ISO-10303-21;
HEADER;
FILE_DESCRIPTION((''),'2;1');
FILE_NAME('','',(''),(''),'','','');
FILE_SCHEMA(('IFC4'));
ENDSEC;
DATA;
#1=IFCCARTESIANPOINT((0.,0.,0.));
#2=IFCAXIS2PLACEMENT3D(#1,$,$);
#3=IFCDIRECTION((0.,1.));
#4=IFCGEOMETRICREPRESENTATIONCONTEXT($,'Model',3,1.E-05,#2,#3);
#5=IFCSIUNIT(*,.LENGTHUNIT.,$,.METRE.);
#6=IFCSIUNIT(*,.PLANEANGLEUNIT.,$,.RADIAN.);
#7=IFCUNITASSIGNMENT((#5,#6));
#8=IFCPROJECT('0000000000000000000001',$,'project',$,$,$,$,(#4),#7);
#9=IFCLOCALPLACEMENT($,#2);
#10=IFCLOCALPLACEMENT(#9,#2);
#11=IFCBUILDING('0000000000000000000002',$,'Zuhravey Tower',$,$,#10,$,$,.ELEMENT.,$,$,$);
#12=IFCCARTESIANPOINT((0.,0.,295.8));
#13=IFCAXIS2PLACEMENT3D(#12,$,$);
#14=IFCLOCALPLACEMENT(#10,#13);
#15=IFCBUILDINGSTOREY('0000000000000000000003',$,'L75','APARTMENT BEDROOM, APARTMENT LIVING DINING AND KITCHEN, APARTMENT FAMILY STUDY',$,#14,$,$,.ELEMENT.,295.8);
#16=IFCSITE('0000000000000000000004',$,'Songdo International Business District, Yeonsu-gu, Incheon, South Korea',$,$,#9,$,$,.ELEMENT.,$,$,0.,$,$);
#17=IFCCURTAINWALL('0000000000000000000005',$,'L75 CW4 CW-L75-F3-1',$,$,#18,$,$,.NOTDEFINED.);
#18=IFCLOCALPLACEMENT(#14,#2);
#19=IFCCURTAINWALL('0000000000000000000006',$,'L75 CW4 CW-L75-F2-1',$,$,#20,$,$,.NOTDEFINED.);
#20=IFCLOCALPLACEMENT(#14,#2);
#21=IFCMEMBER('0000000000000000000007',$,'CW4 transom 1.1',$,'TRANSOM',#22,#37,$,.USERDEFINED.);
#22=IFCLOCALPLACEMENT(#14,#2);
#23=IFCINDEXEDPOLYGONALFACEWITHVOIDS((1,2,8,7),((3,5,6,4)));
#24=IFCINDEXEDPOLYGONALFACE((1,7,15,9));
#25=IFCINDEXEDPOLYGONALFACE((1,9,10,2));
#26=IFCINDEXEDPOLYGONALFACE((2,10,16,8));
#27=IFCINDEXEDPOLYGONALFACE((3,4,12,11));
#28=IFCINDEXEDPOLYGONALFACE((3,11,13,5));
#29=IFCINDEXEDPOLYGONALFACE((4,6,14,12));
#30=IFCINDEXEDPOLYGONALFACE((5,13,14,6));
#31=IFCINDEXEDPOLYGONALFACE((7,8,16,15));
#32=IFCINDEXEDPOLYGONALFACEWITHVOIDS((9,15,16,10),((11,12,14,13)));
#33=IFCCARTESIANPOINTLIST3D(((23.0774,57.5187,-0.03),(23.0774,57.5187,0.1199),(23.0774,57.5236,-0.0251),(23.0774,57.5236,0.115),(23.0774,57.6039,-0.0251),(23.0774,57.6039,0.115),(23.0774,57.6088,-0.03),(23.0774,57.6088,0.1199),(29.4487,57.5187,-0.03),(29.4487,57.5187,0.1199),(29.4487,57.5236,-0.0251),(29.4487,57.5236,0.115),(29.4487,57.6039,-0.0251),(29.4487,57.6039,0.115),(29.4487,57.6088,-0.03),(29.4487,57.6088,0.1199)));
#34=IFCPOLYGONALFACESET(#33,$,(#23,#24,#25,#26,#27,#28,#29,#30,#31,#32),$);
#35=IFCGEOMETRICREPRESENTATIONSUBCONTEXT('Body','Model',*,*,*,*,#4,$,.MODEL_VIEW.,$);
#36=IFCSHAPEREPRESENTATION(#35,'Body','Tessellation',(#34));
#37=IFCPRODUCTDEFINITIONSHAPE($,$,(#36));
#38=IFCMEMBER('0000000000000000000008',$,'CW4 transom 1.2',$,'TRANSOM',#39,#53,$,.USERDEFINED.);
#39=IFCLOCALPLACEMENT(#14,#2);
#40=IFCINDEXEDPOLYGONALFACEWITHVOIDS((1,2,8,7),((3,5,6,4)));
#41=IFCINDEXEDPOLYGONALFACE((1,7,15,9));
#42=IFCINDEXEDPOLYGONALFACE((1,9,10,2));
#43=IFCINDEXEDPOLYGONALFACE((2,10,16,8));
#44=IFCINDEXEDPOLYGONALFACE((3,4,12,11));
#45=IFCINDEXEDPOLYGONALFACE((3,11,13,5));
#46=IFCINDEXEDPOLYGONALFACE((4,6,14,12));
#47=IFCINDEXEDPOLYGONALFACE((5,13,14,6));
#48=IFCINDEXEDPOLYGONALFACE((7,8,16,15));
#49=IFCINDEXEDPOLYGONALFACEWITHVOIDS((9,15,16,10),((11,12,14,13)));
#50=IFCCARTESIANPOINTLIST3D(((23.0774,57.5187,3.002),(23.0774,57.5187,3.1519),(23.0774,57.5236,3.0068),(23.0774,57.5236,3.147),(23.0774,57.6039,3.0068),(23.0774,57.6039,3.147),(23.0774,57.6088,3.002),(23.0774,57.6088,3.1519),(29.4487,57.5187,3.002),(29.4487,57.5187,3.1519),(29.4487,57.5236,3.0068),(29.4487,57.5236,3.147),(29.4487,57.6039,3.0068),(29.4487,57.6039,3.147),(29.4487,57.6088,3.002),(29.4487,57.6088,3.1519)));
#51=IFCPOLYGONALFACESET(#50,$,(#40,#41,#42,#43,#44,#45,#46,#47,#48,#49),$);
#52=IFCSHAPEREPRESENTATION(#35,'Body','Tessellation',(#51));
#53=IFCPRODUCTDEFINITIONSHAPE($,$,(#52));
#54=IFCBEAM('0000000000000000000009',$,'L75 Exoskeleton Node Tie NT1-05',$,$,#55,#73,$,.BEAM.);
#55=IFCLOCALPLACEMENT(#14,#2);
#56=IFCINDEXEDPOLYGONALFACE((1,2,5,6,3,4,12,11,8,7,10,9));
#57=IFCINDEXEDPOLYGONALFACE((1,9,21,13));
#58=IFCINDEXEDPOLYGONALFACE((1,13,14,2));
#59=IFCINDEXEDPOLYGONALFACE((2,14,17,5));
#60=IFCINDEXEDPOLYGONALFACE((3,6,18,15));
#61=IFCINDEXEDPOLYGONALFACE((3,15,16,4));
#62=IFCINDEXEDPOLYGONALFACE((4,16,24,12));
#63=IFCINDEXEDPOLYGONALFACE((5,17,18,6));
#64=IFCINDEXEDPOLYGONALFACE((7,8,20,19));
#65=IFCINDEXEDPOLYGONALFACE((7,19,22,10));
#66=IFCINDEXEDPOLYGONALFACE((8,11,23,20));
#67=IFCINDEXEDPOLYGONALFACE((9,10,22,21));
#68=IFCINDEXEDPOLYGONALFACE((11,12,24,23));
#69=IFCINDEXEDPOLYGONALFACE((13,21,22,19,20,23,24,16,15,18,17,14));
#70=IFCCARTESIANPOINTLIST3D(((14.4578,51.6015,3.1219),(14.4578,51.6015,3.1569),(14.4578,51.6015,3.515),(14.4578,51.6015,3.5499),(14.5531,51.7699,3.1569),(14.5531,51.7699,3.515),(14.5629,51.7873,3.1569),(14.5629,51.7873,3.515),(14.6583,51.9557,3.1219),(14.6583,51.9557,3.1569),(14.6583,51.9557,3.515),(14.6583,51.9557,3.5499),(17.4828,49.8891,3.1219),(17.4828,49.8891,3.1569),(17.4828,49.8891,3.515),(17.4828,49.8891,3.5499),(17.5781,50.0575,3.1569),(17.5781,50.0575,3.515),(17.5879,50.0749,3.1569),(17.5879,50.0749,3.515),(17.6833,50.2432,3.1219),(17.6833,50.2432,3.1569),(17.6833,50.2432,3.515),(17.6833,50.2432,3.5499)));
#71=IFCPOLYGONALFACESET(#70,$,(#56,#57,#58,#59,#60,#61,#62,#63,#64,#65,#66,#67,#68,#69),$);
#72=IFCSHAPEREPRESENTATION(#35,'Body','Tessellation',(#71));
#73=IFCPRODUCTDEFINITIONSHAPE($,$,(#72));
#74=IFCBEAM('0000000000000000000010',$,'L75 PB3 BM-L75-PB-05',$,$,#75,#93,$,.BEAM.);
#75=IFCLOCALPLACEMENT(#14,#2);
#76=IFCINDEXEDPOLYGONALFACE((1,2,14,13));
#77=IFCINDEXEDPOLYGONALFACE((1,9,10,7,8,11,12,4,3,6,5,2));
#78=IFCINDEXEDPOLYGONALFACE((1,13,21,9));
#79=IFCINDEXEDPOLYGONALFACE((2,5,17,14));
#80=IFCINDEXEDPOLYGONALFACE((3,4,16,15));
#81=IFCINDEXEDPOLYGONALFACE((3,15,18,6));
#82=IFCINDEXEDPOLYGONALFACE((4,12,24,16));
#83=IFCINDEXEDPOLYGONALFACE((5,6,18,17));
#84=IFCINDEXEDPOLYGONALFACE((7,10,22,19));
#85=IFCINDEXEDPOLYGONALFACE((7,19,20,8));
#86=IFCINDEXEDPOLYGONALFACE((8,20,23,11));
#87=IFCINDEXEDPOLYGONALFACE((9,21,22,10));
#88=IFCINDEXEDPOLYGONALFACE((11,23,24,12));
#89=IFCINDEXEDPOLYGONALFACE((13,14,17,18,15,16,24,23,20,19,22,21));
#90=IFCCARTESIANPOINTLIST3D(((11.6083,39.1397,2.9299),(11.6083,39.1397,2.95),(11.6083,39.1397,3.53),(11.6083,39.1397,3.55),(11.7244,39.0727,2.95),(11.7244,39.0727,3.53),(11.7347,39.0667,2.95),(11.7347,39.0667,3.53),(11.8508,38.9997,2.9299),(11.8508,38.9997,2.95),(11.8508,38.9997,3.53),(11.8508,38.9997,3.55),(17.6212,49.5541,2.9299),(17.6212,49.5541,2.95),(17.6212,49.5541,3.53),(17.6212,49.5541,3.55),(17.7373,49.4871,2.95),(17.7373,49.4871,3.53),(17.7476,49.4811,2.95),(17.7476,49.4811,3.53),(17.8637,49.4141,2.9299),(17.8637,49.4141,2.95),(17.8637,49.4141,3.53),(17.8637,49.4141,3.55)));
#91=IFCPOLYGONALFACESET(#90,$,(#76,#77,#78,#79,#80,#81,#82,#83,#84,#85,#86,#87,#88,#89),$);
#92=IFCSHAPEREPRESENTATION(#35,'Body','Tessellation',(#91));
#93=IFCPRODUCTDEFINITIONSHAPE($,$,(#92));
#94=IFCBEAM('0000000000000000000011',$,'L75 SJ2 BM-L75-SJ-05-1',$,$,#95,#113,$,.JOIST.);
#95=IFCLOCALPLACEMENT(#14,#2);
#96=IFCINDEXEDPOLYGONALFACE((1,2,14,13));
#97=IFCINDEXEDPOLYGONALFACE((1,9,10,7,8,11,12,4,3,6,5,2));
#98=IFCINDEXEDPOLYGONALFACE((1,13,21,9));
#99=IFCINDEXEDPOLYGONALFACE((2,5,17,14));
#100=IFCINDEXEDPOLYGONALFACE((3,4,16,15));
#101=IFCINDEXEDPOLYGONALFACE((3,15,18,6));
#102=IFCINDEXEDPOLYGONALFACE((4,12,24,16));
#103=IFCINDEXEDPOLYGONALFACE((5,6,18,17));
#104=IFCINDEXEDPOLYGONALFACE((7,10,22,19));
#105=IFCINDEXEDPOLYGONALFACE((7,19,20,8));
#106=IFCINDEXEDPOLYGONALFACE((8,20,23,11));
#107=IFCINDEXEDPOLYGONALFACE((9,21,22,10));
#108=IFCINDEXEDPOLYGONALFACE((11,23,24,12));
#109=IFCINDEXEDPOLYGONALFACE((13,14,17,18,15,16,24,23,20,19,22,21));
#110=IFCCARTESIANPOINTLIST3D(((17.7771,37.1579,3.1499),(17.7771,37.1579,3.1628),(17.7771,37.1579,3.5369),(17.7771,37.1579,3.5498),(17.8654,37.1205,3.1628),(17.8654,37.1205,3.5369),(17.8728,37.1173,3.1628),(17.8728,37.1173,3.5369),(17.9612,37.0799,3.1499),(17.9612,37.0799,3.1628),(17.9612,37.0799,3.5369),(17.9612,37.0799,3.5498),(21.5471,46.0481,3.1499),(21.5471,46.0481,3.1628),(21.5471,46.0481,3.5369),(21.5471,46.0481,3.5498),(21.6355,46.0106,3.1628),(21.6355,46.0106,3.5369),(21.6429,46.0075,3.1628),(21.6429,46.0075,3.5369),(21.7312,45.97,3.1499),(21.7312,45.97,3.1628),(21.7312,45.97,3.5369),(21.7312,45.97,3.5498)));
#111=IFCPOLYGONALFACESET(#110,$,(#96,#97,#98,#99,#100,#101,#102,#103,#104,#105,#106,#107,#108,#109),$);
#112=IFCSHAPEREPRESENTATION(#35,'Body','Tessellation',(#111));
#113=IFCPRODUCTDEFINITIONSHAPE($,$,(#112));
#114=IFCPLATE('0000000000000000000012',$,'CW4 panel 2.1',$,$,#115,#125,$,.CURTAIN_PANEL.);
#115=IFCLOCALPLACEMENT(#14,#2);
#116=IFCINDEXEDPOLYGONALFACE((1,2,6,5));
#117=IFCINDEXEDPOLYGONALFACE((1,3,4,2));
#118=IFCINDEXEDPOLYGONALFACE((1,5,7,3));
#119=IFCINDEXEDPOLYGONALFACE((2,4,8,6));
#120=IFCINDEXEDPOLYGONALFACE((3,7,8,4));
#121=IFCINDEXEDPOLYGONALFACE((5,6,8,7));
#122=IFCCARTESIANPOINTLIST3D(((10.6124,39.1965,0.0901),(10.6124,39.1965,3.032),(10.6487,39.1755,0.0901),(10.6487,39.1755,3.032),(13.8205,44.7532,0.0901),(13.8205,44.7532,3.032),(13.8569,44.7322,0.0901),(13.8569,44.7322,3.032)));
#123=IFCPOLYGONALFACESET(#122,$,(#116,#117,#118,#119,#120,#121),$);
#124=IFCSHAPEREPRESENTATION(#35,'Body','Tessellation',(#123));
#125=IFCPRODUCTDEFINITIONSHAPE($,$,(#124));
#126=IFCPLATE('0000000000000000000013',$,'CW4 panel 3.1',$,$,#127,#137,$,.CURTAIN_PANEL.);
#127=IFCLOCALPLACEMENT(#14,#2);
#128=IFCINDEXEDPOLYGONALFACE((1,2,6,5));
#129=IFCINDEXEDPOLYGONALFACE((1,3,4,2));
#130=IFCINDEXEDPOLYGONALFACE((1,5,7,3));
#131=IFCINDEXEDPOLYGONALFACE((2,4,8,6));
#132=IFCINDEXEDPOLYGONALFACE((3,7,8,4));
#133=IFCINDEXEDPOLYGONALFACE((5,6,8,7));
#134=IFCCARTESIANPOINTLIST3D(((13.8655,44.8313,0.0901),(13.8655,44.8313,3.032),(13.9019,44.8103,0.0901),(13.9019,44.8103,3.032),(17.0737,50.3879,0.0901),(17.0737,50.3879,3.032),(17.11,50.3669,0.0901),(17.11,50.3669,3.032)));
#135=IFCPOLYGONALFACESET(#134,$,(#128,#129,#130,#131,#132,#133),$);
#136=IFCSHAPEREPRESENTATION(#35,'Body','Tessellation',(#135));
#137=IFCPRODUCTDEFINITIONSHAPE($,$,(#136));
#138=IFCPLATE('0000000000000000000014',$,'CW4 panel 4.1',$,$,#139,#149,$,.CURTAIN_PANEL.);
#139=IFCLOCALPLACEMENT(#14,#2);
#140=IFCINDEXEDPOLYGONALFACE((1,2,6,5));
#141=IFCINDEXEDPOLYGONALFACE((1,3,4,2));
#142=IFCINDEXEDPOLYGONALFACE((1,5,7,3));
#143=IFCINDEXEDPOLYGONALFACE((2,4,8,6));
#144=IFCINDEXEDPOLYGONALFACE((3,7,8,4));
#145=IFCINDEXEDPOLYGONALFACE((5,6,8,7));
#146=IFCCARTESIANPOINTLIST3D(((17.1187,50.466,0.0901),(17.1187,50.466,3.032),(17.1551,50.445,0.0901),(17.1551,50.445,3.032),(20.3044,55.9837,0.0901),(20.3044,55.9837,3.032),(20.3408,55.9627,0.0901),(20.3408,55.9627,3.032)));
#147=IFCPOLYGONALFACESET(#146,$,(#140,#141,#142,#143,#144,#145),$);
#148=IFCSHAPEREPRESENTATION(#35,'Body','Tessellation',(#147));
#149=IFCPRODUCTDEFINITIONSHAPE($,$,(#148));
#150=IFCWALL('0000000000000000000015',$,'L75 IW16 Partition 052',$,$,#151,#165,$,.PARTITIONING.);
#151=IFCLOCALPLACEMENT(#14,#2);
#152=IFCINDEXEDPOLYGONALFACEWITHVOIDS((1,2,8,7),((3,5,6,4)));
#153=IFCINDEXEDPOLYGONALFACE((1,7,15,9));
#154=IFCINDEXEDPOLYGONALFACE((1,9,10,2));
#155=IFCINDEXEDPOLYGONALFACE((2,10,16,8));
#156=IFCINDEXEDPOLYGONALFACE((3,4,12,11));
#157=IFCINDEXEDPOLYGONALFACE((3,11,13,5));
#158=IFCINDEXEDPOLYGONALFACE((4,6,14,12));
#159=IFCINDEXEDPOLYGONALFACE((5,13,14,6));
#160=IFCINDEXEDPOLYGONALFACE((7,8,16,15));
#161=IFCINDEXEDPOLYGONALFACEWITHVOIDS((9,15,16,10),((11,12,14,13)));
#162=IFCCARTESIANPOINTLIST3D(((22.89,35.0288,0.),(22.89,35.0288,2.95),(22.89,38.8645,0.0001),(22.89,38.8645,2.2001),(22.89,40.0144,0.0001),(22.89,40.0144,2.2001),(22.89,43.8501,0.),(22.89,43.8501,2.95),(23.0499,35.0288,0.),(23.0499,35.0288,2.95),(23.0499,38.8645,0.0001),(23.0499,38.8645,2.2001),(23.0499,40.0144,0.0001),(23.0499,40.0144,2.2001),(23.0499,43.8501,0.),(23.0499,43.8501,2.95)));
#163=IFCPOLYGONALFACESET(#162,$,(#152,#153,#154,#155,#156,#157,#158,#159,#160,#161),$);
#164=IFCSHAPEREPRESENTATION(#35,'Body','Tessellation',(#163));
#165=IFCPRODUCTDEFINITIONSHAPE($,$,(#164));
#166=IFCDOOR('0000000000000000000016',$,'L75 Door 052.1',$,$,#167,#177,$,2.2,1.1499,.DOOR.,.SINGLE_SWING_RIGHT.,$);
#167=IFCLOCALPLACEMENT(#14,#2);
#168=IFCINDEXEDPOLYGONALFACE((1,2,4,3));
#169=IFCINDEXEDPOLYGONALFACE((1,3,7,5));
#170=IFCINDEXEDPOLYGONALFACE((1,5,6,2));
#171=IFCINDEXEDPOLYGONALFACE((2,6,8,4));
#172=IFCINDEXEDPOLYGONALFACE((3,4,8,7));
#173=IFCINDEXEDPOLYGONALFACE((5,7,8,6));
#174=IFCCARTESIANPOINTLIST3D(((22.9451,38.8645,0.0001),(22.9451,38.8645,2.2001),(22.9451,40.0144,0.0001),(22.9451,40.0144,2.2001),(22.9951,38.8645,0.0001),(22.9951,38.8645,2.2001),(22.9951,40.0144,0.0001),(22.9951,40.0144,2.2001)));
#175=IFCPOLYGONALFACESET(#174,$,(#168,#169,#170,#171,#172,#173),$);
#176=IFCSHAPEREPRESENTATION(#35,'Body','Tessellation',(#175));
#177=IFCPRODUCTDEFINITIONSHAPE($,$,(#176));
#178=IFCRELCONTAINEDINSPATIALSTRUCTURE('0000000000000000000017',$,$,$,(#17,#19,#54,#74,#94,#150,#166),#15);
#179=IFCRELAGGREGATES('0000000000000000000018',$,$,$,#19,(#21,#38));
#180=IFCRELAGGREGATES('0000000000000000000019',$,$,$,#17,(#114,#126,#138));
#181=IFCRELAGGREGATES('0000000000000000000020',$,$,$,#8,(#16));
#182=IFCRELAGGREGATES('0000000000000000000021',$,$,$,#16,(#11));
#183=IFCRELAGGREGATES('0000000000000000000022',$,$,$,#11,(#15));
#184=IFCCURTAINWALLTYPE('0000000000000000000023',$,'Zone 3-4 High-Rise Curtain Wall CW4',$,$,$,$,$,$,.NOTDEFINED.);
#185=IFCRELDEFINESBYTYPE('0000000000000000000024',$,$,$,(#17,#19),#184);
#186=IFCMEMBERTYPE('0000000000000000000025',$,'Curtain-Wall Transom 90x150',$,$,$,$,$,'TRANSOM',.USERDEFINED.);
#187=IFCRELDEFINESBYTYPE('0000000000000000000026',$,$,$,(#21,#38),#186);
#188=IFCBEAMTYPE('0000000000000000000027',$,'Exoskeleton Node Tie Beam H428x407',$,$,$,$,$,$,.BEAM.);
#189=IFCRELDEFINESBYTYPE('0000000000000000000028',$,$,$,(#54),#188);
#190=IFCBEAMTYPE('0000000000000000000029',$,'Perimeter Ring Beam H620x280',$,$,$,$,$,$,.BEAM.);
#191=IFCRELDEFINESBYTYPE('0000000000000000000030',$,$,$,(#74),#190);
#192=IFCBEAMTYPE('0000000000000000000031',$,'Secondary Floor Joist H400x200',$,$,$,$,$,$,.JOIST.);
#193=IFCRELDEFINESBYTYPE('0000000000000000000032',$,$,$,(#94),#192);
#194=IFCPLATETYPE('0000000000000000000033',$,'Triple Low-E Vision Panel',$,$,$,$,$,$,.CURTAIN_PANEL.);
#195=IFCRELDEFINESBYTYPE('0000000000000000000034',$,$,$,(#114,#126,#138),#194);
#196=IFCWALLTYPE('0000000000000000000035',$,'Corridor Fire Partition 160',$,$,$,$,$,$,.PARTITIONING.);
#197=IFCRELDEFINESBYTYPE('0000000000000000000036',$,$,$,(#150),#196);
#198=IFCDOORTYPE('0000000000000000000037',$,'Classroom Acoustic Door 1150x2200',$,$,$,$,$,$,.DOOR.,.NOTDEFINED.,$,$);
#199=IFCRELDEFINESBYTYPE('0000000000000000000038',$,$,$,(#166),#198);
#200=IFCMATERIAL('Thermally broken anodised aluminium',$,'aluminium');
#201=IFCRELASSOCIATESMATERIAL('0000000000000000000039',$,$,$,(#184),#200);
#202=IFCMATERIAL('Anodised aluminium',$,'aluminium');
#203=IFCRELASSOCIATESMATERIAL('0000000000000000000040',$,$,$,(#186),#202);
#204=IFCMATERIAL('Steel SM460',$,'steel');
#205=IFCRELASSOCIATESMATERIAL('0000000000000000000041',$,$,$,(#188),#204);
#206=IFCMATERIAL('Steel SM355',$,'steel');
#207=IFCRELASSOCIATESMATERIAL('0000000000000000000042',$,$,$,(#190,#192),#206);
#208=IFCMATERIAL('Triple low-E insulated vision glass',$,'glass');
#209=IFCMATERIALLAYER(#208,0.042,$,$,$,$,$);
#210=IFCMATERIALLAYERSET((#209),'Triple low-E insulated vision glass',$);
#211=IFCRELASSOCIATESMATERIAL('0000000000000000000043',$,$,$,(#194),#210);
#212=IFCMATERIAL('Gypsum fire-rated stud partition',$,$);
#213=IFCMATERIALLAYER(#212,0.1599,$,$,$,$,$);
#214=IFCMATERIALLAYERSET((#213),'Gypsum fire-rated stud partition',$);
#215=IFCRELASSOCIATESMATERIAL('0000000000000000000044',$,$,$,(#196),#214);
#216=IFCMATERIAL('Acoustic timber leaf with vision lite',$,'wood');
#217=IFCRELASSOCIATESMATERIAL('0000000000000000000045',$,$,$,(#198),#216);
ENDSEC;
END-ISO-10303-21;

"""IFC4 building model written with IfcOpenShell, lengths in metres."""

from ifc_helpers import new_model, si_unit, direction, frame, frame_2d, origin, origin_2d, place, context, subcontext, project, spatial, rectangle, hollow_rectangle, i_section, extrude, material, layer, layer_set, material_profile, profile_set, type_object, element, fill, aggregate, save


model = new_model("IFC4")

# Units and contexts
model_context = context("Model", 3, precision=1e-05, world=origin(), true_north=direction((0.0, 1.0)))
body_context = subcontext(model_context, "Body", "Model", "MODEL_VIEW")
ifc_project = project(units=[si_unit("LENGTHUNIT", "METRE"), si_unit("PLANEANGLEUNIT", "RADIAN")], contexts=[model_context])

# Site, building, storey
site_placement = place(None, origin())
site = spatial("IfcSite", under=ifc_project, at=site_placement, Name="Songdo International Business District, Yeonsu-gu, Incheon, South Korea", CompositionType="ELEMENT", RefElevation=0.0)
building_placement = place(site_placement, origin())
building = spatial("IfcBuilding", under=site, at=building_placement, Name="Zuhravey Tower", CompositionType="ELEMENT")
storey_placement = place(building_placement, frame((0.0, 0.0, 295.8)))
storey = spatial("IfcBuildingStorey", under=building, at=storey_placement, Name="L75", Description="APARTMENT BEDROOM, APARTMENT LIVING DINING AND KITCHEN, APARTMENT FAMILY STUDY", CompositionType="ELEMENT", Elevation=295.8)

# Curtain wall
ifc_material_1 = material(Name="Thermally broken anodised aluminium", Category="aluminium")
curtain_wall_type = type_object("IfcCurtainWallType", Name="Zone 3-4 High-Rise Curtain Wall CW4", PredefinedType="NOTDEFINED", material=ifc_material_1)
curtain_wall_1_placement = place(storey_placement, origin())
curtain_wall_1 = element("IfcCurtainWall", 1, at=curtain_wall_1_placement, inside=storey, type_object=curtain_wall_type, Name="L75 CW4 CW-L75-F3-1", PredefinedType="NOTDEFINED")
ifc_material_2 = material(Name="Anodised aluminium", Category="aluminium")

# Curtain wall
curtain_wall_2_placement = place(storey_placement, origin())
curtain_wall_2 = element("IfcCurtainWall", 2, at=curtain_wall_2_placement, inside=storey, type_object=curtain_wall_type, Name="L75 CW4 CW-L75-F2-1", PredefinedType="NOTDEFINED")

# Members
ifc_material_profile_1 = material_profile(ifc_material_2, hollow_rectangle(XDim=0.0901, YDim=0.1499, WallThickness=0.0049, at=origin_2d()), Name="ALU-RHS-90x150x5")
ifc_profile_set_1 = profile_set([ifc_material_profile_1], Name="Anodised aluminium")
member_type_1 = type_object("IfcMemberType", Name="Curtain-Wall Transom 90x150", ElementType="TRANSOM", PredefinedType="USERDEFINED", material=ifc_profile_set_1)
member_1_placement = place(storey_placement, frame((23.0774, 57.5637, 0.0449), z_axis=(1.0, 0.0, 0.0), x_axis=(0.0, 1.0, 0.0)))
member_1 = element("IfcMember", 3, at=member_1_placement, type_object=member_type_1, Name="CW4 transom 1.1", ObjectType="TRANSOM", PredefinedType="USERDEFINED", context=body_context, shape_type="SweptSolid", body=[
    extrude(hollow_rectangle(XDim=0.0901, YDim=0.1499, WallThickness=0.0049, at=origin_2d()), origin(), (0.0, 0.0, 1.0), 6.3713),
])
member_2_placement = place(storey_placement, frame((23.0774, 57.5637, 3.0769), z_axis=(1.0, 0.0, 0.0), x_axis=(0.0, 1.0, 0.0)))
member_2 = element("IfcMember", 4, at=member_2_placement, type_object=member_type_1, Name="CW4 transom 1.2", ObjectType="TRANSOM", PredefinedType="USERDEFINED", context=body_context, shape_type="SweptSolid", body=[
    extrude(hollow_rectangle(XDim=0.0901, YDim=0.1499, WallThickness=0.0049, at=origin_2d()), origin(), (0.0, 0.0, 1.0), 6.3713),
])
aggregate(curtain_wall_2, [member_1, member_2])

# Beams
ifc_material_3 = material(Name="Steel SM460", Category="steel")
ifc_material_profile_2 = material_profile(ifc_material_3, i_section(OverallWidth=0.407, OverallDepth=0.428, WebThickness=0.02, FlangeThickness=0.0349, at=origin_2d()), Name="H-428x407x20x35")
ifc_profile_set_2 = profile_set([ifc_material_profile_2], Name="Steel SM460")
beam_type_1 = type_object("IfcBeamType", Name="Exoskeleton Node Tie Beam H428x407", PredefinedType="BEAM", material=ifc_profile_set_2)
beam_1_placement = place(storey_placement, frame((17.583, 50.0662, 3.3359), z_axis=(-0.870233, 0.49264, 0.0), x_axis=(-0.49264, -0.870233, 0.0)))
element("IfcBeam", 5, at=beam_1_placement, inside=storey, type_object=beam_type_1, Name="L75 Exoskeleton Node Tie NT1-05", PredefinedType="BEAM", context=body_context, shape_type="SweptSolid", body=[
    extrude(i_section(OverallWidth=0.407, OverallDepth=0.428, WebThickness=0.02, FlangeThickness=0.0349, at=origin_2d()), origin(), (0.0, 0.0, 1.0), 3.4761),
])
ifc_material_4 = material(Name="Steel SM355", Category="steel")
ifc_material_profile_3 = material_profile(ifc_material_4, i_section(OverallWidth=0.28, OverallDepth=0.6201, WebThickness=0.012, FlangeThickness=0.02, at=origin_2d()), Name="H-620x280x12x20")
ifc_profile_set_3 = profile_set([ifc_material_profile_3], Name="Steel SM355")
beam_type_2 = type_object("IfcBeamType", Name="Perimeter Ring Beam H620x280", PredefinedType="BEAM", material=ifc_profile_set_3)
beam_2_placement = place(storey_placement, frame((17.7424, 49.4841, 3.24), z_axis=(-0.500006, -0.866022, 0.0), x_axis=(0.866022, -0.500006, 0.0)))
element("IfcBeam", 6, at=beam_2_placement, inside=storey, type_object=beam_type_2, Name="L75 PB3 BM-L75-PB-05", PredefinedType="BEAM", context=body_context, shape_type="SweptSolid", body=[
    extrude(i_section(OverallWidth=0.28, OverallDepth=0.6201, WebThickness=0.012, FlangeThickness=0.02, at=origin_2d()), origin(), (0.0, 0.0, 1.0), 12.0256),
])
ifc_material_profile_4 = material_profile(ifc_material_4, i_section(OverallWidth=0.2, OverallDepth=0.3999, WebThickness=0.0081, FlangeThickness=0.0129, at=origin_2d()), Name="H-400x200x8x13")
ifc_profile_set_4 = profile_set([ifc_material_profile_4], Name="Steel SM355")
beam_type_3 = type_object("IfcBeamType", Name="Secondary Floor Joist H400x200", PredefinedType="JOIST", material=ifc_profile_set_4)
beam_3_placement = place(storey_placement, frame((21.6392, 46.009, 3.3499), z_axis=(-0.390413, -0.92064, 0.0), x_axis=(0.92064, -0.390413, 0.0)))
element("IfcBeam", 7, at=beam_3_placement, inside=storey, type_object=beam_type_3, Name="L75 SJ2 BM-L75-SJ-05-1", PredefinedType="JOIST", context=body_context, shape_type="SweptSolid", body=[
    extrude(i_section(OverallWidth=0.2, OverallDepth=0.3999, WebThickness=0.0081, FlangeThickness=0.0129, at=origin_2d()), origin(), (0.0, 0.0, 1.0), 9.6565),
])

# Plates
ifc_material_5 = material(Name="Triple low-E insulated vision glass", Category="glass")
ifc_layer_1 = layer(ifc_material_5, 0.042)
ifc_layer_set_1 = layer_set([ifc_layer_1], Name="Triple low-E insulated vision glass")
plate_type = type_object("IfcPlateType", Name="Triple Low-E Vision Panel", PredefinedType="CURTAIN_PANEL", material=ifc_layer_set_1)
plate_1_placement = place(storey_placement, frame((12.2346, 41.9644, 0.0901), z_axis=(0.0, 0.0, 1.0), x_axis=(0.500001, 0.866025, 0.0)))
plate_1 = element("IfcPlate", 8, at=plate_1_placement, type_object=plate_type, Name="CW4 panel 2.1", PredefinedType="CURTAIN_PANEL", context=body_context, shape_type="SweptSolid", body=[
    extrude(rectangle(XDim=6.4163, YDim=0.042, at=origin_2d()), origin(), (0.0, 0.0, 1.0), 2.9419),
])
plate_2_placement = place(storey_placement, frame((15.4878, 47.5991, 0.0901), z_axis=(0.0, 0.0, 1.0), x_axis=(0.500001, 0.866025, 0.0)))
plate_2 = element("IfcPlate", 9, at=plate_2_placement, type_object=plate_type, Name="CW4 panel 3.1", PredefinedType="CURTAIN_PANEL", context=body_context, shape_type="SweptSolid", body=[
    extrude(rectangle(XDim=6.4163, YDim=0.042, at=origin_2d()), origin(), (0.0, 0.0, 1.0), 2.9419),
])
plate_3_placement = place(storey_placement, frame((18.7297, 53.2144, 0.0901), z_axis=(0.0, 0.0, 1.0), x_axis=(0.500001, 0.866025, 0.0)))
plate_3 = element("IfcPlate", 10, at=plate_3_placement, type_object=plate_type, Name="CW4 panel 4.1", PredefinedType="CURTAIN_PANEL", context=body_context, shape_type="SweptSolid", body=[
    extrude(rectangle(XDim=6.3713, YDim=0.042, at=origin_2d()), origin(), (0.0, 0.0, 1.0), 2.9419),
])
aggregate(curtain_wall_1, [plate_1, plate_2, plate_3])

# Wall, opening, door
ifc_material_6 = material(Name="Gypsum fire-rated stud partition")
ifc_layer_2 = layer(ifc_material_6, 0.1599)
ifc_layer_set_2 = layer_set([ifc_layer_2], Name="Gypsum fire-rated stud partition")
wall_type_1 = type_object("IfcWallType", Name="Corridor Fire Partition 160", PredefinedType="PARTITIONING", material=ifc_layer_set_2)
wall_1_placement = place(storey_placement, frame((22.97, 43.8501, 0.0), z_axis=(0.0, 0.0, 1.0), x_axis=(0.0, -1.0, 0.0)))
wall_1 = element("IfcWall", 11, at=wall_1_placement, inside=storey, type_object=wall_type_1, Name="L75 IW16 Partition 052", PredefinedType="PARTITIONING", context=body_context, shape_type="SweptSolid", body=[
    extrude(rectangle(XDim=8.8213, YDim=0.1599, at=frame_2d((4.4106, 0.0))), origin(), (0.0, 0.0, 1.0), 2.95),
])
opening_1_placement = place(wall_1_placement, frame((3.8357, 0.0, 0.0)))
opening_1 = element("IfcOpeningElement", 12, at=opening_1_placement, cuts=wall_1, PredefinedType="OPENING", context=body_context, shape_type="SweptSolid", body=[
    extrude(rectangle(XDim=1.1499, YDim=2.2, at=frame_2d((0.575, 1.1001))), frame((0.0, 0.092, 0.0), z_axis=(0.0, -1.0, 0.0), x_axis=(1.0, 0.0, 0.0)), (0.0, 0.0, 1.0), 0.1838),
])
ifc_material_7 = material(Name="Acoustic timber leaf with vision lite", Category="wood")
door_type = type_object("IfcDoorType", Name="Classroom Acoustic Door 1150x2200", OperationType="NOTDEFINED", PredefinedType="DOOR", material=ifc_material_7)
door_placement = place(opening_1_placement, frame((1.1499, 0.0, 0.0), z_axis=(0.0, 0.0, 1.0), x_axis=(-1.0, 0.0, 0.0)))
door = element("IfcDoor", 13, at=door_placement, inside=storey, type_object=door_type, Name="L75 Door 052.1", OperationType="SINGLE_SWING_RIGHT", OverallHeight=2.2, OverallWidth=1.1499, PredefinedType="DOOR", context=body_context, shape_type="SweptSolid", body=[
    extrude(rectangle(XDim=1.1499, YDim=2.2, at=frame_2d((0.575, 1.1001))), frame((0.0, 0.0249, 0.0), z_axis=(0.0, -1.0, 0.0), x_axis=(1.0, 0.0, 0.0)), (0.0, 0.0, 1.0), 0.05),
])
fill(opening_1, door)

save(model, "model.ifc")
